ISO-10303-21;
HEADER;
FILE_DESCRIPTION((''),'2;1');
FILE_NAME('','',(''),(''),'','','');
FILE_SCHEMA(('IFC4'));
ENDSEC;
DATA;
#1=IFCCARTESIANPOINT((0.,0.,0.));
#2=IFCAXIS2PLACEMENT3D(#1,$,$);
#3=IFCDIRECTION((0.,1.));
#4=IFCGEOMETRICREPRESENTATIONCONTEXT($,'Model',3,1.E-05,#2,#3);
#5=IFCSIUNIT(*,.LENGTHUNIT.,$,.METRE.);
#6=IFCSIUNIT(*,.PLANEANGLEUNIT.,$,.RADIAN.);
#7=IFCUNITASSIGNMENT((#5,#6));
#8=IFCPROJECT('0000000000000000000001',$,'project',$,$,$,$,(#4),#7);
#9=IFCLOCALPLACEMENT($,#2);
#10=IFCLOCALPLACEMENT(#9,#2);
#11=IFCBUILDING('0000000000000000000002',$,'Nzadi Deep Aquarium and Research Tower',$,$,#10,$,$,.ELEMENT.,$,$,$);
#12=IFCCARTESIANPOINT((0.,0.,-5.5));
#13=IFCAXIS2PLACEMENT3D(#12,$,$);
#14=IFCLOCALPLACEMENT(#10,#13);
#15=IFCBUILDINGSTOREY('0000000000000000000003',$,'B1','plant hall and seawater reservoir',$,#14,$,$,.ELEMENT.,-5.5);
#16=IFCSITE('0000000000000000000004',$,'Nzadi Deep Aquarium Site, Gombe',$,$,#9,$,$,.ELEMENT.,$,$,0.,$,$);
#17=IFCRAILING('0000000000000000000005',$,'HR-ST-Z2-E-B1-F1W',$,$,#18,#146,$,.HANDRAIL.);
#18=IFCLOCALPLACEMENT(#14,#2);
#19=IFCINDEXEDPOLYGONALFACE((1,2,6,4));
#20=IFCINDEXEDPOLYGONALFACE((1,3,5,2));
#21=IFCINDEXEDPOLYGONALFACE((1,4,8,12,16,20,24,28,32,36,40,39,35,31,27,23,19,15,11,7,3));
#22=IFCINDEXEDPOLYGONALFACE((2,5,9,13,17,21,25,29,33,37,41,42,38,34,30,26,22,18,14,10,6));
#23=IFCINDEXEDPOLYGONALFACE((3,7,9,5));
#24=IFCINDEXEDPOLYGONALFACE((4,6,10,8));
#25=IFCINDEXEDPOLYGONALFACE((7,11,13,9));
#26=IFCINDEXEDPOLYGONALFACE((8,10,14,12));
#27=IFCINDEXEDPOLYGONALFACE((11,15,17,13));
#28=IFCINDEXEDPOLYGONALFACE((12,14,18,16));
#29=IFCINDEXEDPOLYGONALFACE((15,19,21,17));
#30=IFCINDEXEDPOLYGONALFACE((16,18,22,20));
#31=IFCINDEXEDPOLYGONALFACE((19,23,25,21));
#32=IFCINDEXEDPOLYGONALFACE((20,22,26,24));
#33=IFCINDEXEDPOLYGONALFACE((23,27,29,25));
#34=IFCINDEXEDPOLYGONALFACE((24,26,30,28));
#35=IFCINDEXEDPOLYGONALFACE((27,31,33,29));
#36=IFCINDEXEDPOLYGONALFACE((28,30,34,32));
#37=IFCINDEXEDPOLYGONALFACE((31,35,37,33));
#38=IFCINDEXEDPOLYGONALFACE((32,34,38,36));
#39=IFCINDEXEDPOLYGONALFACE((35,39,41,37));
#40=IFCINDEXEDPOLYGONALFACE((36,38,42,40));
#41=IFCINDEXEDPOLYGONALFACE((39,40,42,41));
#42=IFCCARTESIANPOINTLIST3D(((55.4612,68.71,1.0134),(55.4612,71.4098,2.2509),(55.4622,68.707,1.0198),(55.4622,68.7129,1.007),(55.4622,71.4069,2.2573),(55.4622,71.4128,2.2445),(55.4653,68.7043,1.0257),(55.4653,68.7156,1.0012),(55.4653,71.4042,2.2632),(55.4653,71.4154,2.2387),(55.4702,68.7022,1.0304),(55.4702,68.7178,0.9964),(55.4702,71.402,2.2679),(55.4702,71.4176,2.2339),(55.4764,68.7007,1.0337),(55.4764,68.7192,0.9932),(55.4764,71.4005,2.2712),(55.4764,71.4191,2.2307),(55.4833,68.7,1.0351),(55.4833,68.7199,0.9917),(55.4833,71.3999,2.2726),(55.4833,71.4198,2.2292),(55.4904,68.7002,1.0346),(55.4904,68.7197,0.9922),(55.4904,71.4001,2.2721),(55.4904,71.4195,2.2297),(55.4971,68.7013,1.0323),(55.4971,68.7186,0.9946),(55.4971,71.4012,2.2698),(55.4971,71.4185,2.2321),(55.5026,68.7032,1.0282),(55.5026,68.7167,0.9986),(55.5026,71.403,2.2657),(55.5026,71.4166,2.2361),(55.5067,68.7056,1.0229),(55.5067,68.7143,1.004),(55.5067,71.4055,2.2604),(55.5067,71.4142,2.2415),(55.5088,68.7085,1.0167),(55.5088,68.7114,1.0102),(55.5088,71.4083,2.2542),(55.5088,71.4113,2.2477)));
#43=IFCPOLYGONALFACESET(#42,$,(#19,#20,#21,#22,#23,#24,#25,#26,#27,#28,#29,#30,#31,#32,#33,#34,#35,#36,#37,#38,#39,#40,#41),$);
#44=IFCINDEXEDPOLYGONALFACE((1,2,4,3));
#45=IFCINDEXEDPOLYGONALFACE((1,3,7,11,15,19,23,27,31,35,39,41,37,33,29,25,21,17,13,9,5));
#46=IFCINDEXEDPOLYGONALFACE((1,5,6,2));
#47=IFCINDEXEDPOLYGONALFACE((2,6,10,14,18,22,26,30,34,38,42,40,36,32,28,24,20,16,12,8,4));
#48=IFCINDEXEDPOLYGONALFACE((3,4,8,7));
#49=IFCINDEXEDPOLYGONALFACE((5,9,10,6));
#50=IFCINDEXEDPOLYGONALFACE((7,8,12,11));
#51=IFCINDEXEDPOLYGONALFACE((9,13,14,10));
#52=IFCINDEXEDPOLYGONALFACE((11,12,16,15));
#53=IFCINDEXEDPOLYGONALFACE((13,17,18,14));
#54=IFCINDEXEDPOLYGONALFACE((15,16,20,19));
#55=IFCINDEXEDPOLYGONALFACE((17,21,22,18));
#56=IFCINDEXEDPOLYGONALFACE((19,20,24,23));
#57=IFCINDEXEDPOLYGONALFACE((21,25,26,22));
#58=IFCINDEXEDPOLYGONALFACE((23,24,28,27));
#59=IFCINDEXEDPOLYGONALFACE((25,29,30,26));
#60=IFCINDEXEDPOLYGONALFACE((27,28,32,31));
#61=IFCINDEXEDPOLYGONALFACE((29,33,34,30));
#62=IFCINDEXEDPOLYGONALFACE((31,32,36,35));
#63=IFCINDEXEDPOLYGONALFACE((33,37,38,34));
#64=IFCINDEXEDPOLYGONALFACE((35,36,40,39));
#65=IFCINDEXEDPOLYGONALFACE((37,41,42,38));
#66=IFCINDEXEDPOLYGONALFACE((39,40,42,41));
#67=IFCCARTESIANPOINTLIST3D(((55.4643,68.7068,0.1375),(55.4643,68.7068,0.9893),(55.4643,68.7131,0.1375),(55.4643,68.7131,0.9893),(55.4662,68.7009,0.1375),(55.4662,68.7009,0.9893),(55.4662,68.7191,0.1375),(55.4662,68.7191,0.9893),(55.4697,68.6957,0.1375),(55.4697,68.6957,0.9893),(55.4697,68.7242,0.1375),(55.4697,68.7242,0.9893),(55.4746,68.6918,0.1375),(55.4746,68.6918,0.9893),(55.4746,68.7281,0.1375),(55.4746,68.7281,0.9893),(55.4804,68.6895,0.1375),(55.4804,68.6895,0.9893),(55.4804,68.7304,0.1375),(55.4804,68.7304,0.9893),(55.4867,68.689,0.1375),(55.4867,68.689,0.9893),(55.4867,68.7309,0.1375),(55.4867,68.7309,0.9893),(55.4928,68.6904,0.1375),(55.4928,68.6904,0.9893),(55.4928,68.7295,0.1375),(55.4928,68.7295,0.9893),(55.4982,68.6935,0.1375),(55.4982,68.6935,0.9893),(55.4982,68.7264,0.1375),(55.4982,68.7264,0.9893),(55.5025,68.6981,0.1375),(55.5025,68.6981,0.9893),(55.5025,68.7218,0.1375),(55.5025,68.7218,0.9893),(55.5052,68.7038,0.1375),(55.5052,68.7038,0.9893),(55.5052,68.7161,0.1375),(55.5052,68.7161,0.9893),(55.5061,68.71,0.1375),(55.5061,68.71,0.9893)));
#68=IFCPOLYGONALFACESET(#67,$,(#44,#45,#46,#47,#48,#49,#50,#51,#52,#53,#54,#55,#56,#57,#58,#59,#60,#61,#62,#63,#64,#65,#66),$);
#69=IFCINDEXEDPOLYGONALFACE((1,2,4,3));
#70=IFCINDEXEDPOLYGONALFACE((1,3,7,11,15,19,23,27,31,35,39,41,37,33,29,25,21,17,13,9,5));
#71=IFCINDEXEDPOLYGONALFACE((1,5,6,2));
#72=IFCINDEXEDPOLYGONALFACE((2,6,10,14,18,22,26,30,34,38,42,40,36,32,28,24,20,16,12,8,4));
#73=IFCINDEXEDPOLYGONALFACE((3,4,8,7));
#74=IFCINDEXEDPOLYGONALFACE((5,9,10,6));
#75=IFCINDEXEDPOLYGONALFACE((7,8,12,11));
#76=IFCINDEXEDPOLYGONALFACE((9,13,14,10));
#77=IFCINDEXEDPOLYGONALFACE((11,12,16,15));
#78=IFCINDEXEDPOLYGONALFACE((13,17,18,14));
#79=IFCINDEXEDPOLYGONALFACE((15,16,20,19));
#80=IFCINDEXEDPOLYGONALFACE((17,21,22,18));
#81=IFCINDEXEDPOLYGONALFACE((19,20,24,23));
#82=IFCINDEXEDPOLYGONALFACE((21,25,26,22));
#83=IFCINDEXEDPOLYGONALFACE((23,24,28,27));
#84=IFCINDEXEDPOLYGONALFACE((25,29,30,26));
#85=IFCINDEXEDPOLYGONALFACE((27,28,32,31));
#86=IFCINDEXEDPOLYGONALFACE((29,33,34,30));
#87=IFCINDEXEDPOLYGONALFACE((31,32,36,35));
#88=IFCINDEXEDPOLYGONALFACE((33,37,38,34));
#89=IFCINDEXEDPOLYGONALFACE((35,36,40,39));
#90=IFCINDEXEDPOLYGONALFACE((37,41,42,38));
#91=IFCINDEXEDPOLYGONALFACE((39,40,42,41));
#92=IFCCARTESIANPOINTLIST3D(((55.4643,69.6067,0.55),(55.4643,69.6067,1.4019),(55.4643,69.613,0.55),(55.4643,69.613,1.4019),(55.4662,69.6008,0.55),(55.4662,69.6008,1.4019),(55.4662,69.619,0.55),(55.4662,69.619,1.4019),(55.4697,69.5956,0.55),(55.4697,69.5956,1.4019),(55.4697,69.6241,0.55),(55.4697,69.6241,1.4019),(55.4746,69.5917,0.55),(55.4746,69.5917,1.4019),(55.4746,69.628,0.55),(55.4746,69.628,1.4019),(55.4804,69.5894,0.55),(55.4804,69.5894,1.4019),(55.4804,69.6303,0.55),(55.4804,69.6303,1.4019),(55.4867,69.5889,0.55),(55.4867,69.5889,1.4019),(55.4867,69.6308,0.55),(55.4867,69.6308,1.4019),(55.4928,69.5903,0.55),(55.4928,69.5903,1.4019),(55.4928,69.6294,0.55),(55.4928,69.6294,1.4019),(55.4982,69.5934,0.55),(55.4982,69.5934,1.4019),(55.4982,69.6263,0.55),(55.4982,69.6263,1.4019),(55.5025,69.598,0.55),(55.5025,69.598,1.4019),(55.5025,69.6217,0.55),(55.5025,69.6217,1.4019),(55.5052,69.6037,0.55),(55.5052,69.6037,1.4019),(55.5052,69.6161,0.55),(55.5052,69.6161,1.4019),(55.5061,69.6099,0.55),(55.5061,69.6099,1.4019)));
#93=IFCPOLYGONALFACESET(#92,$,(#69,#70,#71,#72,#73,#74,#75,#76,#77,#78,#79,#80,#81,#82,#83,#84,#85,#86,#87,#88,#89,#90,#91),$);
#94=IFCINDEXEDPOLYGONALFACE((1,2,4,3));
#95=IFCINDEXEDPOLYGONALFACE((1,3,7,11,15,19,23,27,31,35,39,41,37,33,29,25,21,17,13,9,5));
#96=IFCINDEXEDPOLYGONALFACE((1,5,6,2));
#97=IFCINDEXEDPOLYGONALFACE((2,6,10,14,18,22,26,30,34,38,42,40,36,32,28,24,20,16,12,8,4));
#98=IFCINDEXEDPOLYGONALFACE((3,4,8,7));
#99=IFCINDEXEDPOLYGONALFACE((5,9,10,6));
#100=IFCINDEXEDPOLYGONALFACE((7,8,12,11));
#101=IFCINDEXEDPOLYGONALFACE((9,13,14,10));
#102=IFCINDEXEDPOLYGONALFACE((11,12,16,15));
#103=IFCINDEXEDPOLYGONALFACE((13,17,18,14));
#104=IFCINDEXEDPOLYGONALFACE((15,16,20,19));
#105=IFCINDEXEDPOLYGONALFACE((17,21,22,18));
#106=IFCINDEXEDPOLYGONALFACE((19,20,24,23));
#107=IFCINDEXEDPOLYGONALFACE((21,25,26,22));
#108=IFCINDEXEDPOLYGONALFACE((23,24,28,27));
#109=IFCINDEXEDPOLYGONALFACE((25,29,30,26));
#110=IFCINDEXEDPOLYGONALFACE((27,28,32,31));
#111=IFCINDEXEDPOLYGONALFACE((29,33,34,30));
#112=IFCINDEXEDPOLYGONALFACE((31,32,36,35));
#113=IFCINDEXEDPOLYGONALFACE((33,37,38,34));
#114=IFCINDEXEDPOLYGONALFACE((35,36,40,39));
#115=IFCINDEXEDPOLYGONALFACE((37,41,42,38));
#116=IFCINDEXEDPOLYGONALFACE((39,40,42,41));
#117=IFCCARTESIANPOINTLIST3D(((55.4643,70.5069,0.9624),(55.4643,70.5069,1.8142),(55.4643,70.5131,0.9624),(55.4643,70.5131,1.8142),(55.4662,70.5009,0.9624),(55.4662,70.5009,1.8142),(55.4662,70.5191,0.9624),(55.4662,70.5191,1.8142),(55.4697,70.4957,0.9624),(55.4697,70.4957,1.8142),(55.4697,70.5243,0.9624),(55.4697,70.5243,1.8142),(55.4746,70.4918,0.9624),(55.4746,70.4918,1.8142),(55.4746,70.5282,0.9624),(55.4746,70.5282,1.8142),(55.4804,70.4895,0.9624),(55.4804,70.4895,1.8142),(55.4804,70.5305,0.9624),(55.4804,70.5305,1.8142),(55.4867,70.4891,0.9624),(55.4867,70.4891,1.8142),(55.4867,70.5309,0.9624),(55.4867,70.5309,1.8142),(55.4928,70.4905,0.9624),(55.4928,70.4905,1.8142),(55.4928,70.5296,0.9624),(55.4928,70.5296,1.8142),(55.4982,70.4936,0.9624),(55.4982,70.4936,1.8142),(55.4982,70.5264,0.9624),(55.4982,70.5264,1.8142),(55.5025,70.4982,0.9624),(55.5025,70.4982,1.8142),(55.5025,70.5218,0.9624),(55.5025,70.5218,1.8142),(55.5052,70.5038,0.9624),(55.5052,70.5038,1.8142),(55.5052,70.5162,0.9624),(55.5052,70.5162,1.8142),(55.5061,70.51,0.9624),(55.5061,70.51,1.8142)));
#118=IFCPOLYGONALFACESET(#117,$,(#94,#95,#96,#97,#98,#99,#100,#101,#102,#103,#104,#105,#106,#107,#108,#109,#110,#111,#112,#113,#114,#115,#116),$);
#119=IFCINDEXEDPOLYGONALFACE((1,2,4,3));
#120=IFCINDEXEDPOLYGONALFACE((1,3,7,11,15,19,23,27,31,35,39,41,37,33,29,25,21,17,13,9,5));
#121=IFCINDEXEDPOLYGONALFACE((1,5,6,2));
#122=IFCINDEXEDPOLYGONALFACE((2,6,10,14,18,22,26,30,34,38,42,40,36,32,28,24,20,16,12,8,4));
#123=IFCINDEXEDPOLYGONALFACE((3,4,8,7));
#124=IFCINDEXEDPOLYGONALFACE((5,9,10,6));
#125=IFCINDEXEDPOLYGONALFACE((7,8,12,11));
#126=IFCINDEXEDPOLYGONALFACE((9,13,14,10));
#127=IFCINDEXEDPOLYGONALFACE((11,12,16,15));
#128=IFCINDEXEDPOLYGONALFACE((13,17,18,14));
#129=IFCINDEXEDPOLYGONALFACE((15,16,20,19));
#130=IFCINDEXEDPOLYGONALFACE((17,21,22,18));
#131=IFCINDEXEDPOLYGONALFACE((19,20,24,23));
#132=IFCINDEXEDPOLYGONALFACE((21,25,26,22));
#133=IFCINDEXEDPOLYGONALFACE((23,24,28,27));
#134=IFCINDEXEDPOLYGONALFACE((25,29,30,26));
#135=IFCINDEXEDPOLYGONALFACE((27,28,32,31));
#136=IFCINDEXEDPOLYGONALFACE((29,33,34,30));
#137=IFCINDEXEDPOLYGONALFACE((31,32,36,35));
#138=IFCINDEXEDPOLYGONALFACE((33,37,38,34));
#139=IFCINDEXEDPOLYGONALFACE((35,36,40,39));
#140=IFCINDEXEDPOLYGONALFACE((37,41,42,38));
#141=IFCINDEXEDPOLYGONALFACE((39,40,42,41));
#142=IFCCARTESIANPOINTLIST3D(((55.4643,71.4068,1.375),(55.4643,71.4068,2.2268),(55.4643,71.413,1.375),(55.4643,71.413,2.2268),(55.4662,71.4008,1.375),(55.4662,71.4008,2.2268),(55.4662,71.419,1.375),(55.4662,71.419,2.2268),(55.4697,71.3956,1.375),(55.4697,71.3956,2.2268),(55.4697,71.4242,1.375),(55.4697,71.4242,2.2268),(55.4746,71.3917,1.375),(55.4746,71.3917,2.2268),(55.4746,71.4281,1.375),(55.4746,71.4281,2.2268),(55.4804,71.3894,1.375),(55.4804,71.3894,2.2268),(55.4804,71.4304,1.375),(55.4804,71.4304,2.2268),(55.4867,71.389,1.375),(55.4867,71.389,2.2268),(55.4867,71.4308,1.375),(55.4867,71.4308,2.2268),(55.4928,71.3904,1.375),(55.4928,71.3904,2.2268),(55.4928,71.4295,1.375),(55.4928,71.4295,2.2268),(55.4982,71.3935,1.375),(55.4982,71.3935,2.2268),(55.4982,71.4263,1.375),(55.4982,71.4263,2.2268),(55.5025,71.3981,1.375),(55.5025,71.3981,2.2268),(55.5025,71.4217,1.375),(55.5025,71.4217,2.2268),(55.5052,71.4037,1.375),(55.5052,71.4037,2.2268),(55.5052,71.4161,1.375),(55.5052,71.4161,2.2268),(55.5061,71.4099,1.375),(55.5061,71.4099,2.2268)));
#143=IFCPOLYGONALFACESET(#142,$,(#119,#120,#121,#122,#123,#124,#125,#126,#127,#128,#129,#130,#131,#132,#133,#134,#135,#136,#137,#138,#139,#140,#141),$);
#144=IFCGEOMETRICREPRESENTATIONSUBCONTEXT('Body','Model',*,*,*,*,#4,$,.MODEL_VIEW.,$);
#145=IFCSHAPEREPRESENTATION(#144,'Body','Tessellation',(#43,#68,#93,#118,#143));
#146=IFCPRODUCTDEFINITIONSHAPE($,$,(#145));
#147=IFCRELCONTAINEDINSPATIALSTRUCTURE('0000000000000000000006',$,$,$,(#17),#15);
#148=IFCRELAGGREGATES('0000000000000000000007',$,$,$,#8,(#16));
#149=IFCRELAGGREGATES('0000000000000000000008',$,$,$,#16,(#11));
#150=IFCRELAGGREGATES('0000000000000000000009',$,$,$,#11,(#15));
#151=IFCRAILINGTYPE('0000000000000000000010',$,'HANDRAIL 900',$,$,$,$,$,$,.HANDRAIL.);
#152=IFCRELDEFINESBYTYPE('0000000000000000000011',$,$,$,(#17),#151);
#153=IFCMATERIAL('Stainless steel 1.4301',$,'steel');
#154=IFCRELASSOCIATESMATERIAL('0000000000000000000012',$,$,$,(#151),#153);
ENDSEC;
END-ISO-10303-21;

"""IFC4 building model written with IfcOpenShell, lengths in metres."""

from ifc_helpers import new_model, si_unit, direction, frame, origin, origin_2d, place, context, subcontext, project, spatial, circle, extrude, material, type_object, element, save


model = new_model("IFC4")

# Units and contexts
model_context = context("Model", 3, precision=1e-05, world=origin(), true_north=direction((0.0, 1.0)))
body_context = subcontext(model_context, "Body", "Model", "MODEL_VIEW")
ifc_project = project(units=[si_unit("LENGTHUNIT", "METRE"), si_unit("PLANEANGLEUNIT", "RADIAN")], contexts=[model_context])

# Site, building, storey
site_placement = place(None, origin())
site = spatial("IfcSite", under=ifc_project, at=site_placement, Name="Nzadi Deep Aquarium Site, Gombe", CompositionType="ELEMENT", RefElevation=0.0)
building_placement = place(site_placement, origin())
building = spatial("IfcBuilding", under=site, at=building_placement, Name="Nzadi Deep Aquarium and Research Tower", CompositionType="ELEMENT")
storey_placement = place(building_placement, frame((0.0, 0.0, -5.5)))
storey = spatial("IfcBuildingStorey", under=building, at=storey_placement, Name="B1", Description="plant hall and seawater reservoir", CompositionType="ELEMENT", Elevation=-5.5)

# Railing
ifc_material_1 = material(Name="Stainless steel 1.4301", Category="steel")
railing_type = type_object("IfcRailingType", Name="HANDRAIL 900", PredefinedType="HANDRAIL", material=ifc_material_1)
for number, where, name in (
    (1, (55.4851, 68.71, 0.1375), "HR-ST-Z2-E-B1-F1W"),
):
    element("IfcRailing", number, at=place(storey_placement, frame(where)), inside=storey, type_object=railing_type, Name=name, PredefinedType="HANDRAIL", context=body_context, shape_type="SweptSolid", body=[
        extrude(circle(Radius=0.0239, at=origin_2d()), frame((0.0, 0.0, 0.876), z_axis=(0.0, 0.909056, 0.416675), x_axis=(-1.0, 0.0, 0.0)), (0.0, 0.0, 1.0), 2.97),
        extrude(circle(Radius=0.021, at=origin_2d()), origin(), (0.0, 0.0, 1.0), 0.8518),
        extrude(circle(Radius=0.021, at=origin_2d()), frame((0.0, 0.8999, 0.4126)), (0.0, 0.0, 1.0), 0.8518),
        extrude(circle(Radius=0.021, at=origin_2d()), frame((0.0, 1.8, 0.825)), (0.0, 0.0, 1.0), 0.8518),
        extrude(circle(Radius=0.021, at=origin_2d()), frame((0.0, 2.7, 1.2375)), (0.0, 0.0, 1.0), 0.8518),
    ])

save(model, "model.ifc")
